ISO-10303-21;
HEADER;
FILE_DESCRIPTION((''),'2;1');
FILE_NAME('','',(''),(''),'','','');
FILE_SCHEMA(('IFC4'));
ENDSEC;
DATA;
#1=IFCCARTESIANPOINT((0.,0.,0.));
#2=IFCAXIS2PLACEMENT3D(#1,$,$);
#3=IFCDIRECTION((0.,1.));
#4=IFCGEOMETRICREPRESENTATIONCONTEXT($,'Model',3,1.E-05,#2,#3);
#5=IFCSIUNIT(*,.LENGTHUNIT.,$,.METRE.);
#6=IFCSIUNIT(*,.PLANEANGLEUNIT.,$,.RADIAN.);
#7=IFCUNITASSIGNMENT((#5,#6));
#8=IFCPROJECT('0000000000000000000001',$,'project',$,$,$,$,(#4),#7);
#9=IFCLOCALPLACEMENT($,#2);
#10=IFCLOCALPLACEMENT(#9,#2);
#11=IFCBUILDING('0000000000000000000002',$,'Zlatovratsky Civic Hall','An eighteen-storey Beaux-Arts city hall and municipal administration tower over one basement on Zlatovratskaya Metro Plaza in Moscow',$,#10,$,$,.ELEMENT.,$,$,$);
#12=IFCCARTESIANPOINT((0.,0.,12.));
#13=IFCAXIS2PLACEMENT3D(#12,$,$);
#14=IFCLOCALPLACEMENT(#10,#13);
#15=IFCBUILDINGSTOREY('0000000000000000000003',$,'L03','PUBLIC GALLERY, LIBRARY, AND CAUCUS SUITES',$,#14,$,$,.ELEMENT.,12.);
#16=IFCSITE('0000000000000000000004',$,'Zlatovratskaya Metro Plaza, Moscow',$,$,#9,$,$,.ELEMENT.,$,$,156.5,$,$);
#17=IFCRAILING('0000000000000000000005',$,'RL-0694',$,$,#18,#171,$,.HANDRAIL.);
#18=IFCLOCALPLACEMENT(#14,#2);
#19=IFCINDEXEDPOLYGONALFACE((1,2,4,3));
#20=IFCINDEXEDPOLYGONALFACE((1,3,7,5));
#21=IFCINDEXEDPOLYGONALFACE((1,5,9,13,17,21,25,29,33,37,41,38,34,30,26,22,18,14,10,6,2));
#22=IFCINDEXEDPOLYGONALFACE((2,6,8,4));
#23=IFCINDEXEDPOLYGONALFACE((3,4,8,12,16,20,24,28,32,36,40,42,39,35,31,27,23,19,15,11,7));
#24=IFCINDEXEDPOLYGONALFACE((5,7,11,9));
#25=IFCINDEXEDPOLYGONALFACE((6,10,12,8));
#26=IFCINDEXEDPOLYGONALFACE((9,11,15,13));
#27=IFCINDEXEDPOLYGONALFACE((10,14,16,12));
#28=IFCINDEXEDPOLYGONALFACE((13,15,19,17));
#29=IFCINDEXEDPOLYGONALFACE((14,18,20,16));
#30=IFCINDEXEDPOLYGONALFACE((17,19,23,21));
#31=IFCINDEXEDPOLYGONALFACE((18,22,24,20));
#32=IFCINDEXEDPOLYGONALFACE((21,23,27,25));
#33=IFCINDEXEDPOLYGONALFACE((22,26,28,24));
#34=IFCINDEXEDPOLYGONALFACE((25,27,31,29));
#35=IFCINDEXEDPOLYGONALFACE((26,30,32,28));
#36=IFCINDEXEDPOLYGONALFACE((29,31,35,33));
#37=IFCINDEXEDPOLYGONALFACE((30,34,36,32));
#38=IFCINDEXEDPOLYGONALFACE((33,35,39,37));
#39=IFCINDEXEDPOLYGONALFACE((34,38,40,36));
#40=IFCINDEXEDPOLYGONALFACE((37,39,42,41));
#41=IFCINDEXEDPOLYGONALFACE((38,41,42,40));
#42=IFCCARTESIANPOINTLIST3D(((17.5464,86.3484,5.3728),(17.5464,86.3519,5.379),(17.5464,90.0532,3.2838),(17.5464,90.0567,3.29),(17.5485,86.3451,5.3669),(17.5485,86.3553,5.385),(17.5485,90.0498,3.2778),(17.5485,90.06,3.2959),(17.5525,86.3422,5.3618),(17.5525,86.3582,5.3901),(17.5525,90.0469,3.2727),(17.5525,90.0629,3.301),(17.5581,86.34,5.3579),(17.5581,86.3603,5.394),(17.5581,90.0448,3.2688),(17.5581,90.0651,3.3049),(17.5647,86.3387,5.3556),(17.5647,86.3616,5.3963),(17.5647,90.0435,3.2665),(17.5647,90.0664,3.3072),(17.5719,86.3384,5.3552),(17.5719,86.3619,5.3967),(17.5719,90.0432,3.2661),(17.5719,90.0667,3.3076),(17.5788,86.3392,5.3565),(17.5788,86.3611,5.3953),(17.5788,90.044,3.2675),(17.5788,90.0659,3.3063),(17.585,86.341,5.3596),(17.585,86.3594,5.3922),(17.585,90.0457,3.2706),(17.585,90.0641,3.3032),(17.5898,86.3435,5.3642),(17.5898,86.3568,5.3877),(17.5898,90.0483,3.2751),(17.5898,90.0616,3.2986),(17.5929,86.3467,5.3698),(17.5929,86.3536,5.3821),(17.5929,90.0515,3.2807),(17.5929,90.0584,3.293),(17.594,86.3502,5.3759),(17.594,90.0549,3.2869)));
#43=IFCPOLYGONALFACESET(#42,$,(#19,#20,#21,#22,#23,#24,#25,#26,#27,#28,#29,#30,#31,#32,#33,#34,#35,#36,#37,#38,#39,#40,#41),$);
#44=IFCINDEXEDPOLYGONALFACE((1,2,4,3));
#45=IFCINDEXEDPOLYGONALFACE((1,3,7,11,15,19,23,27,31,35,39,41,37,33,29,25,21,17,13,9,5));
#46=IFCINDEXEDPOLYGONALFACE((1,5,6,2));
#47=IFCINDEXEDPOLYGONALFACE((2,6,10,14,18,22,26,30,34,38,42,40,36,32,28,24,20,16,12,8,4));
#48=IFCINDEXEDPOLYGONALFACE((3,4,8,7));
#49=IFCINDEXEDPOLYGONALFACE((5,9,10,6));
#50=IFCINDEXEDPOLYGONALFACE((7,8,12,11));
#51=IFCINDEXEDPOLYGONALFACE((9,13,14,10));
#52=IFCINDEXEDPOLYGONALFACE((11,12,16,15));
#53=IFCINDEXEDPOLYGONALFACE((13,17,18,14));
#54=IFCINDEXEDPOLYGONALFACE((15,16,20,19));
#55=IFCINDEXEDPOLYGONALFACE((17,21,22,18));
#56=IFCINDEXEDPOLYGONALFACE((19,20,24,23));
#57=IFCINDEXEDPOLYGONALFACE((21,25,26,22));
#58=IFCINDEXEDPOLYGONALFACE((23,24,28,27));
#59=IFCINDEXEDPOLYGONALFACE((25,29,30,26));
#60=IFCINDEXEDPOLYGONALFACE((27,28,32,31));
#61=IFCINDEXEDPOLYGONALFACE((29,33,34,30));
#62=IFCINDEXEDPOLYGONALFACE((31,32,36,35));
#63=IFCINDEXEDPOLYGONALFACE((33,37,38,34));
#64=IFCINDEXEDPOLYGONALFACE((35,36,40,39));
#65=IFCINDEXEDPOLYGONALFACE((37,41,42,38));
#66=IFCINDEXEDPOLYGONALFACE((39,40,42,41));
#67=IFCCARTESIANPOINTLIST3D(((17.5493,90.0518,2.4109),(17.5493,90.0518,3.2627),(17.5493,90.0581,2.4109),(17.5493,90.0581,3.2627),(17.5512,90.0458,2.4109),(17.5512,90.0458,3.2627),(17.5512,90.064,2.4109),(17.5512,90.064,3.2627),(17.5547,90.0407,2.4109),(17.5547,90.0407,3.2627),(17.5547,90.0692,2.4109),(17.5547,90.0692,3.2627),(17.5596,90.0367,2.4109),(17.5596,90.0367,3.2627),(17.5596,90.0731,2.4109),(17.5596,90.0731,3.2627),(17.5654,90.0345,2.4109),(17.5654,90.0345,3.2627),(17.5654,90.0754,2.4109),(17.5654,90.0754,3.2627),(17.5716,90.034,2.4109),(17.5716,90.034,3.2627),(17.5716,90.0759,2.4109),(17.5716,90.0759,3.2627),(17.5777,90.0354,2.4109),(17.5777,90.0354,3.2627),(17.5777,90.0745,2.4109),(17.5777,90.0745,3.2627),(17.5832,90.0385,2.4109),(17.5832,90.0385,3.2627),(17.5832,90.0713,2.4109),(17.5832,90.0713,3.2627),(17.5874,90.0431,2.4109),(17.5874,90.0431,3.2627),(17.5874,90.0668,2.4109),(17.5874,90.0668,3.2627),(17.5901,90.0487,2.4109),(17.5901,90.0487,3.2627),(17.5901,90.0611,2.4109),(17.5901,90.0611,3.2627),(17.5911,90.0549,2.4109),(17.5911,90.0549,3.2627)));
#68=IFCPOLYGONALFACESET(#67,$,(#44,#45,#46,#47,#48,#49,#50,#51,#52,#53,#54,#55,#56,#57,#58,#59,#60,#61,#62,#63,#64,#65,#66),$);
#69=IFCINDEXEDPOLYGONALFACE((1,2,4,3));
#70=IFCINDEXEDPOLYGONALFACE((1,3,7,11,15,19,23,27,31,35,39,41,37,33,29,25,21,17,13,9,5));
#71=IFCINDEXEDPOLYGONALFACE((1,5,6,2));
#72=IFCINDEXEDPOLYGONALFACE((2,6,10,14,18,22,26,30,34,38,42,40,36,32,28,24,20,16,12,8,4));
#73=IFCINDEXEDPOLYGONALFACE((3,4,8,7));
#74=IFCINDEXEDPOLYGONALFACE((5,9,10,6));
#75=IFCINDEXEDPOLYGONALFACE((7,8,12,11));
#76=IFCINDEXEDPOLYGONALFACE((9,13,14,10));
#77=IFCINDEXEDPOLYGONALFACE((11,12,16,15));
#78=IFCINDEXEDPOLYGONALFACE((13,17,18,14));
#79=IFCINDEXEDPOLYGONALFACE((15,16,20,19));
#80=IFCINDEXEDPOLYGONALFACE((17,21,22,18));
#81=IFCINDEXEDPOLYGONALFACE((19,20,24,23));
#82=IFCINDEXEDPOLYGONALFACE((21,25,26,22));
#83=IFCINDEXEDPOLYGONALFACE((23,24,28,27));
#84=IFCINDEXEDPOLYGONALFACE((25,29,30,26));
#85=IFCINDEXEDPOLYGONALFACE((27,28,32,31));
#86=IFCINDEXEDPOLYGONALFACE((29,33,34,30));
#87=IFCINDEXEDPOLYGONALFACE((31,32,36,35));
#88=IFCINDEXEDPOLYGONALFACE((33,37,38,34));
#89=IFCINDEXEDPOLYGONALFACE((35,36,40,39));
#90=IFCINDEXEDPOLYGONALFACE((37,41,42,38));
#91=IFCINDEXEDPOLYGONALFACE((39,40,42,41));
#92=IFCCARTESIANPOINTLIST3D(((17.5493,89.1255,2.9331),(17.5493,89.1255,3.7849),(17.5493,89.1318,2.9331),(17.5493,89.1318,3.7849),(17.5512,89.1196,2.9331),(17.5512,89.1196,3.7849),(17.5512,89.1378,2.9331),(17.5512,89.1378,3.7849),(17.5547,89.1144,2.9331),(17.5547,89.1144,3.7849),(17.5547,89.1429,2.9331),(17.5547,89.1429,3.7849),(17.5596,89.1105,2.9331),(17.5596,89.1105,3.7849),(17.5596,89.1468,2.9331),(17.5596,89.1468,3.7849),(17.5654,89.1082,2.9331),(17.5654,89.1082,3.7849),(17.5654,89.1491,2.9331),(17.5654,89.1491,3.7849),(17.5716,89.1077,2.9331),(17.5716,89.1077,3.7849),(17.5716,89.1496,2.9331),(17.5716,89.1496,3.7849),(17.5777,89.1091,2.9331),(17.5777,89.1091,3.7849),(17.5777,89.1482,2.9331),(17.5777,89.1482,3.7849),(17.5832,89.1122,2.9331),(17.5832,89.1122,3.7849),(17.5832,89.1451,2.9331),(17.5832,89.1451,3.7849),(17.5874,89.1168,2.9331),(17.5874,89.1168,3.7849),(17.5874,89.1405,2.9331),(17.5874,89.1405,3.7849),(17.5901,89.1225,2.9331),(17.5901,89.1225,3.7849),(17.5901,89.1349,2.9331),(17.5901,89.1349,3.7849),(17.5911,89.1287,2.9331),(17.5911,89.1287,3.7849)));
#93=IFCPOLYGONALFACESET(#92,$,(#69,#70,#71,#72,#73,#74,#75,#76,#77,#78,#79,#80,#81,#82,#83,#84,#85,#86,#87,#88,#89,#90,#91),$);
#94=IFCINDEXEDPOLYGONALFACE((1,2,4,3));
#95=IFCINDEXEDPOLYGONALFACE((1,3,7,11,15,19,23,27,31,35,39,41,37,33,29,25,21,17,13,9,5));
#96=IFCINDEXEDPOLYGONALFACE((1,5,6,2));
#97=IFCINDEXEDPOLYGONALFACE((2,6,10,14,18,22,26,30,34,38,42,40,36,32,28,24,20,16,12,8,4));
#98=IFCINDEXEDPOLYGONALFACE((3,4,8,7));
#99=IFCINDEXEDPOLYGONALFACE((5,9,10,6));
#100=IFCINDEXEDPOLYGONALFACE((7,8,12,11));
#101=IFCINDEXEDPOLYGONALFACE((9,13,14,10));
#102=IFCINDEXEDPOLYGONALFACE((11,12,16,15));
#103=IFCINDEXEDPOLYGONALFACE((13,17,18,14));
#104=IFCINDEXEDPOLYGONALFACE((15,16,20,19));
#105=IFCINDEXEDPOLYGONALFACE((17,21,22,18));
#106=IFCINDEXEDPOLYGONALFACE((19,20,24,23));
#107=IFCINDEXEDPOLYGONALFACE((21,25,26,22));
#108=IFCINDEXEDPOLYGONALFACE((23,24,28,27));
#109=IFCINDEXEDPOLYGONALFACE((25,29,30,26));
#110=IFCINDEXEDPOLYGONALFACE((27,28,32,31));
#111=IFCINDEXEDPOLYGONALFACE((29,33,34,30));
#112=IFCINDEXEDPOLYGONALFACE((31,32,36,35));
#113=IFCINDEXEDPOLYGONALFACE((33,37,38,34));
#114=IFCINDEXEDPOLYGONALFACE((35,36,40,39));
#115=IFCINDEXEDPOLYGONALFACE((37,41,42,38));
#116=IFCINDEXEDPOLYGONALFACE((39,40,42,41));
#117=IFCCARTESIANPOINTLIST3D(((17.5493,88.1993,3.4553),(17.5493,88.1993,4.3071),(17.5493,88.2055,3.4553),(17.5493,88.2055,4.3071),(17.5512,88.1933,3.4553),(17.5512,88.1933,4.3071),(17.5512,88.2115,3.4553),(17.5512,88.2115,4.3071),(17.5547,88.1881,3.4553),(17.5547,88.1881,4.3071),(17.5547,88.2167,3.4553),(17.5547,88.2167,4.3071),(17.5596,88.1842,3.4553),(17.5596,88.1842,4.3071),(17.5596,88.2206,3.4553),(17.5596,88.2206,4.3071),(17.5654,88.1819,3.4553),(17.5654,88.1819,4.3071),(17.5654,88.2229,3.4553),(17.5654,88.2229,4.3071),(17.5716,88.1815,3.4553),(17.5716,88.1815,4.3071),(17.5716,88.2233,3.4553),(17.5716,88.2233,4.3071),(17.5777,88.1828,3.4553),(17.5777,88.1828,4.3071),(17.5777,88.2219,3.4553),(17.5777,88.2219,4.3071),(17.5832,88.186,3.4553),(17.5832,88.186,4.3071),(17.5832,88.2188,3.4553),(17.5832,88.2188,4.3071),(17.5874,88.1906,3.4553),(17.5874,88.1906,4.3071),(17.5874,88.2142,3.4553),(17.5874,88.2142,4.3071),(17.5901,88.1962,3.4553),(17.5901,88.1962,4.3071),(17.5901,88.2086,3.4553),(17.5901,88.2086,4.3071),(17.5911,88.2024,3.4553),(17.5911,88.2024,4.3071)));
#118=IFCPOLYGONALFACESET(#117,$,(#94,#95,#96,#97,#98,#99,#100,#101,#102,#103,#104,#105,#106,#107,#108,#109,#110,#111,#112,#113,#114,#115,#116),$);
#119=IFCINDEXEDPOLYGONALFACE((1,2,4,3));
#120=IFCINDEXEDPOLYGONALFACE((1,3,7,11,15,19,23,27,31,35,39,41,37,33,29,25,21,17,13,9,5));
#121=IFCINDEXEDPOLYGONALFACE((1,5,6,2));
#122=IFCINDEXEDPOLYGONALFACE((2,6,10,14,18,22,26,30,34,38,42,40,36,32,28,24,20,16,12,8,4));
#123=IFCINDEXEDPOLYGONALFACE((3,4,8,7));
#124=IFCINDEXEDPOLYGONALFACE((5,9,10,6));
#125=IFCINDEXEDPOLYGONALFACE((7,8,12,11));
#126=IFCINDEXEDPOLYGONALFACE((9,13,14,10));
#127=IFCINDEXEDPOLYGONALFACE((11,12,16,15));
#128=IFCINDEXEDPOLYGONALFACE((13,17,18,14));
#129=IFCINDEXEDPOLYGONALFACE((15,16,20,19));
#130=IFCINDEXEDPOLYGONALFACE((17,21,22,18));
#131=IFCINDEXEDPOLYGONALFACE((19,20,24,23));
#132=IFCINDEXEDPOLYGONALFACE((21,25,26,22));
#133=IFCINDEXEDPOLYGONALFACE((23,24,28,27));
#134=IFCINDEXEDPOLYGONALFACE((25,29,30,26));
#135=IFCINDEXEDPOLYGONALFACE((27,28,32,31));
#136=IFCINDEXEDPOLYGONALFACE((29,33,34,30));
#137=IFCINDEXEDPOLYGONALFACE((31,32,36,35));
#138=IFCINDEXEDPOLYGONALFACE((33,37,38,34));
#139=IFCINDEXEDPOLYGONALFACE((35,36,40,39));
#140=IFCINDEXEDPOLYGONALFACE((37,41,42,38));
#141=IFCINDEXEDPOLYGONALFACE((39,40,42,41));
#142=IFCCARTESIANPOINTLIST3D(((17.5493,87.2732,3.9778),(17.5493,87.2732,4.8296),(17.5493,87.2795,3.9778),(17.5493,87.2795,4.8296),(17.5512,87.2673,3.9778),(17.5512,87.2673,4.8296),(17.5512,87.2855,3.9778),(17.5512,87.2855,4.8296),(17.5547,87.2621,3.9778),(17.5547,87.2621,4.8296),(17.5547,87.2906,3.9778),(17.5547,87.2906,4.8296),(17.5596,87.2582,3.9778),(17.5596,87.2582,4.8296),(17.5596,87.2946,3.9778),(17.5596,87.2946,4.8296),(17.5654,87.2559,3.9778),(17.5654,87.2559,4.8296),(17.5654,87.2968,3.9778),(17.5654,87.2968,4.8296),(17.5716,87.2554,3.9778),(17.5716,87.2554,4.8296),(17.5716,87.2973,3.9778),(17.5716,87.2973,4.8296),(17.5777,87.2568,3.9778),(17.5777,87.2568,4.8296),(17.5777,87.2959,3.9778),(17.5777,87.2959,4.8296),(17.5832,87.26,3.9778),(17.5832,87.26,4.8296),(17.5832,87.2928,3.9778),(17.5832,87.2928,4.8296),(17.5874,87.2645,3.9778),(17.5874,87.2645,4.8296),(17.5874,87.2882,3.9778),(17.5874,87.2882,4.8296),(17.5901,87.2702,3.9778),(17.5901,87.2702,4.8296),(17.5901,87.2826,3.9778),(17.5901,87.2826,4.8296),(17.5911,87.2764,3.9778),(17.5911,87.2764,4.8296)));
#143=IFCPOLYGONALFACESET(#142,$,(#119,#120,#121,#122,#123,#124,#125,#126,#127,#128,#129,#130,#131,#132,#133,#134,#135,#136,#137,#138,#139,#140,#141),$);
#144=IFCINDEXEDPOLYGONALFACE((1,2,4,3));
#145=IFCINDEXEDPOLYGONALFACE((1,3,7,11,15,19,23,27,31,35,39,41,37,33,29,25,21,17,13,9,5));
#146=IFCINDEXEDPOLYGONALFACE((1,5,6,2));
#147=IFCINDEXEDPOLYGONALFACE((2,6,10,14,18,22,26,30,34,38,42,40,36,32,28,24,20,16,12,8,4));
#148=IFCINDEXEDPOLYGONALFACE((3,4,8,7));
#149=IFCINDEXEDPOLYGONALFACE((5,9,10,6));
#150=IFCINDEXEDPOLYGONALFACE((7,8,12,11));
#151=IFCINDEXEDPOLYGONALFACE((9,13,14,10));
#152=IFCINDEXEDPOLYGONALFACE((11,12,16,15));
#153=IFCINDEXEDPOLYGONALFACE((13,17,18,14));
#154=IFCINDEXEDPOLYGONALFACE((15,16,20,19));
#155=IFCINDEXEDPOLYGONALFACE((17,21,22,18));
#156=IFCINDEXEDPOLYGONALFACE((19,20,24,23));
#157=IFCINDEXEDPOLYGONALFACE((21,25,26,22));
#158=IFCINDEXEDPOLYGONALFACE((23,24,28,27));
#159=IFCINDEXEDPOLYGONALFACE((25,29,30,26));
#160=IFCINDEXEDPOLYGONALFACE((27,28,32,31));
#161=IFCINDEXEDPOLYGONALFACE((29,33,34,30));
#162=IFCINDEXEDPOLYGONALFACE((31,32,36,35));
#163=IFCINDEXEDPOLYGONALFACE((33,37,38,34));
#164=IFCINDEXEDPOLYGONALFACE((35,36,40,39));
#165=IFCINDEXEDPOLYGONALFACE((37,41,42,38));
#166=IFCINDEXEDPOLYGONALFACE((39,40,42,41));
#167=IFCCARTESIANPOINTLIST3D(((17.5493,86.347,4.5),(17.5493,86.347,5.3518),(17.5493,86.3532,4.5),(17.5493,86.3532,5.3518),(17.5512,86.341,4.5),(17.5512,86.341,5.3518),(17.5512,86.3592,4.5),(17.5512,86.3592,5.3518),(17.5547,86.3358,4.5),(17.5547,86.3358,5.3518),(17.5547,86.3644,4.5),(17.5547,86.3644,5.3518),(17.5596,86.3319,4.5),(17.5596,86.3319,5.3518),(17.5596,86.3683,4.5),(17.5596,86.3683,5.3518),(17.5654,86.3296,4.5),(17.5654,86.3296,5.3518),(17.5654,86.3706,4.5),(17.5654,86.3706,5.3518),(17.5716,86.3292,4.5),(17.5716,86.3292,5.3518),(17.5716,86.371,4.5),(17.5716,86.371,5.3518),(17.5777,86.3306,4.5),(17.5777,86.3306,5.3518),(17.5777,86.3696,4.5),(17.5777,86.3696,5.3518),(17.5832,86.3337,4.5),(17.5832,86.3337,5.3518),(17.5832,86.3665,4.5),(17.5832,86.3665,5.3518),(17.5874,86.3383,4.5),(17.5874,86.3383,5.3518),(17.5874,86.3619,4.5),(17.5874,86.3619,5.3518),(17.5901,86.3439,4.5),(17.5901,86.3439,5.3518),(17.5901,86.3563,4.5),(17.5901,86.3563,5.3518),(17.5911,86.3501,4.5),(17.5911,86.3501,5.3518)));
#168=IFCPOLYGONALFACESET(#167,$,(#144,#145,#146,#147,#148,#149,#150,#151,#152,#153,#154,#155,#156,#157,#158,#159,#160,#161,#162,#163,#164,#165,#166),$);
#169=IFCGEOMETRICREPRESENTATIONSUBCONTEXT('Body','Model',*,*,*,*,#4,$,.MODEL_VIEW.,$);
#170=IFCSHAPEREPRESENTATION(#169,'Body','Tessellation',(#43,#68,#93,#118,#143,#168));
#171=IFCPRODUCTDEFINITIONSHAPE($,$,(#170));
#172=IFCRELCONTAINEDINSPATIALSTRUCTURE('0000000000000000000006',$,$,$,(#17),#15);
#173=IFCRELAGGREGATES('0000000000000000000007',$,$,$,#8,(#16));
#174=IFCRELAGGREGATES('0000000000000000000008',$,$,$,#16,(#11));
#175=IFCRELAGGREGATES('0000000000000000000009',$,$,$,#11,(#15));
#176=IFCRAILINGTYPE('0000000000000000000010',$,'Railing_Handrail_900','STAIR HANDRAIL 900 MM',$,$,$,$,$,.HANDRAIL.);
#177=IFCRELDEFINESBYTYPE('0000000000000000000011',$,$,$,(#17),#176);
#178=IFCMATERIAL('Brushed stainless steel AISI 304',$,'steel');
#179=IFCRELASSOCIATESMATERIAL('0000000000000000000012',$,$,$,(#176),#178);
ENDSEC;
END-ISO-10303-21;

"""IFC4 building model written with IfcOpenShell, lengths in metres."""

from ifc_helpers import new_model, si_unit, direction, frame, origin, origin_2d, place, context, subcontext, project, spatial, circle, extrude, material, type_object, element, save


model = new_model("IFC4")

# Units and contexts
model_context = context("Model", 3, precision=1e-05, world=origin(), true_north=direction((0.0, 1.0)))
body_context = subcontext(model_context, "Body", "Model", "MODEL_VIEW")
ifc_project = project(units=[si_unit("LENGTHUNIT", "METRE"), si_unit("PLANEANGLEUNIT", "RADIAN")], contexts=[model_context])

# Site, building, storey
site_placement = place(None, origin())
site = spatial("IfcSite", under=ifc_project, at=site_placement, Name="Zlatovratskaya Metro Plaza, Moscow", CompositionType="ELEMENT", RefElevation=156.5)
building_placement = place(site_placement, origin())
building = spatial("IfcBuilding", under=site, at=building_placement, Name="Zlatovratsky Civic Hall", Description="An eighteen-storey Beaux-Arts city hall and municipal administration tower over one basement on Zlatovratskaya Metro Plaza in Moscow", CompositionType="ELEMENT")
storey_placement = place(building_placement, frame((0.0, 0.0, 12.0)))
storey = spatial("IfcBuildingStorey", under=building, at=storey_placement, Name="L03", Description="PUBLIC GALLERY, LIBRARY, AND CAUCUS SUITES", CompositionType="ELEMENT", Elevation=12.0)

# Railing
ifc_material_1 = material(Name="Brushed stainless steel AISI 304", Category="steel")
railing_type_1 = type_object("IfcRailingType", Name="Railing_Handrail_900", Description="STAIR HANDRAIL 900 MM", PredefinedType="HANDRAIL", material=ifc_material_1)
railing_1_placement = place(storey_placement, frame((17.5701, 90.0549, 2.4109)))
element("IfcRailing", 1, at=railing_1_placement, inside=storey, type_object=railing_type_1, Name="RL-0694", PredefinedType="HANDRAIL", context=body_context, shape_type="SweptSolid", body=[
    extrude(circle(Radius=0.0239, at=origin_2d()), frame((0.0, 0.0, 0.876), z_axis=(0.0, -0.871058, 0.491179), x_axis=(1.0, 0.0, 0.0)), (0.0, 0.0, 1.0), 4.2532),
    extrude(circle(Radius=0.021, at=origin_2d()), origin(), (0.0, 0.0, 1.0), 0.8518),
    extrude(circle(Radius=0.021, at=origin_2d()), frame((0.0, -0.9263, 0.5222)), (0.0, 0.0, 1.0), 0.8518),
    extrude(circle(Radius=0.021, at=origin_2d()), frame((0.0, -1.8525, 1.0444)), (0.0, 0.0, 1.0), 0.8518),
    extrude(circle(Radius=0.021, at=origin_2d()), frame((0.0, -2.7786, 1.5669)), (0.0, 0.0, 1.0), 0.8518),
    extrude(circle(Radius=0.021, at=origin_2d()), frame((0.0, -3.7048, 2.0891)), (0.0, 0.0, 1.0), 0.8518),
])

save(model, "model.ifc")
